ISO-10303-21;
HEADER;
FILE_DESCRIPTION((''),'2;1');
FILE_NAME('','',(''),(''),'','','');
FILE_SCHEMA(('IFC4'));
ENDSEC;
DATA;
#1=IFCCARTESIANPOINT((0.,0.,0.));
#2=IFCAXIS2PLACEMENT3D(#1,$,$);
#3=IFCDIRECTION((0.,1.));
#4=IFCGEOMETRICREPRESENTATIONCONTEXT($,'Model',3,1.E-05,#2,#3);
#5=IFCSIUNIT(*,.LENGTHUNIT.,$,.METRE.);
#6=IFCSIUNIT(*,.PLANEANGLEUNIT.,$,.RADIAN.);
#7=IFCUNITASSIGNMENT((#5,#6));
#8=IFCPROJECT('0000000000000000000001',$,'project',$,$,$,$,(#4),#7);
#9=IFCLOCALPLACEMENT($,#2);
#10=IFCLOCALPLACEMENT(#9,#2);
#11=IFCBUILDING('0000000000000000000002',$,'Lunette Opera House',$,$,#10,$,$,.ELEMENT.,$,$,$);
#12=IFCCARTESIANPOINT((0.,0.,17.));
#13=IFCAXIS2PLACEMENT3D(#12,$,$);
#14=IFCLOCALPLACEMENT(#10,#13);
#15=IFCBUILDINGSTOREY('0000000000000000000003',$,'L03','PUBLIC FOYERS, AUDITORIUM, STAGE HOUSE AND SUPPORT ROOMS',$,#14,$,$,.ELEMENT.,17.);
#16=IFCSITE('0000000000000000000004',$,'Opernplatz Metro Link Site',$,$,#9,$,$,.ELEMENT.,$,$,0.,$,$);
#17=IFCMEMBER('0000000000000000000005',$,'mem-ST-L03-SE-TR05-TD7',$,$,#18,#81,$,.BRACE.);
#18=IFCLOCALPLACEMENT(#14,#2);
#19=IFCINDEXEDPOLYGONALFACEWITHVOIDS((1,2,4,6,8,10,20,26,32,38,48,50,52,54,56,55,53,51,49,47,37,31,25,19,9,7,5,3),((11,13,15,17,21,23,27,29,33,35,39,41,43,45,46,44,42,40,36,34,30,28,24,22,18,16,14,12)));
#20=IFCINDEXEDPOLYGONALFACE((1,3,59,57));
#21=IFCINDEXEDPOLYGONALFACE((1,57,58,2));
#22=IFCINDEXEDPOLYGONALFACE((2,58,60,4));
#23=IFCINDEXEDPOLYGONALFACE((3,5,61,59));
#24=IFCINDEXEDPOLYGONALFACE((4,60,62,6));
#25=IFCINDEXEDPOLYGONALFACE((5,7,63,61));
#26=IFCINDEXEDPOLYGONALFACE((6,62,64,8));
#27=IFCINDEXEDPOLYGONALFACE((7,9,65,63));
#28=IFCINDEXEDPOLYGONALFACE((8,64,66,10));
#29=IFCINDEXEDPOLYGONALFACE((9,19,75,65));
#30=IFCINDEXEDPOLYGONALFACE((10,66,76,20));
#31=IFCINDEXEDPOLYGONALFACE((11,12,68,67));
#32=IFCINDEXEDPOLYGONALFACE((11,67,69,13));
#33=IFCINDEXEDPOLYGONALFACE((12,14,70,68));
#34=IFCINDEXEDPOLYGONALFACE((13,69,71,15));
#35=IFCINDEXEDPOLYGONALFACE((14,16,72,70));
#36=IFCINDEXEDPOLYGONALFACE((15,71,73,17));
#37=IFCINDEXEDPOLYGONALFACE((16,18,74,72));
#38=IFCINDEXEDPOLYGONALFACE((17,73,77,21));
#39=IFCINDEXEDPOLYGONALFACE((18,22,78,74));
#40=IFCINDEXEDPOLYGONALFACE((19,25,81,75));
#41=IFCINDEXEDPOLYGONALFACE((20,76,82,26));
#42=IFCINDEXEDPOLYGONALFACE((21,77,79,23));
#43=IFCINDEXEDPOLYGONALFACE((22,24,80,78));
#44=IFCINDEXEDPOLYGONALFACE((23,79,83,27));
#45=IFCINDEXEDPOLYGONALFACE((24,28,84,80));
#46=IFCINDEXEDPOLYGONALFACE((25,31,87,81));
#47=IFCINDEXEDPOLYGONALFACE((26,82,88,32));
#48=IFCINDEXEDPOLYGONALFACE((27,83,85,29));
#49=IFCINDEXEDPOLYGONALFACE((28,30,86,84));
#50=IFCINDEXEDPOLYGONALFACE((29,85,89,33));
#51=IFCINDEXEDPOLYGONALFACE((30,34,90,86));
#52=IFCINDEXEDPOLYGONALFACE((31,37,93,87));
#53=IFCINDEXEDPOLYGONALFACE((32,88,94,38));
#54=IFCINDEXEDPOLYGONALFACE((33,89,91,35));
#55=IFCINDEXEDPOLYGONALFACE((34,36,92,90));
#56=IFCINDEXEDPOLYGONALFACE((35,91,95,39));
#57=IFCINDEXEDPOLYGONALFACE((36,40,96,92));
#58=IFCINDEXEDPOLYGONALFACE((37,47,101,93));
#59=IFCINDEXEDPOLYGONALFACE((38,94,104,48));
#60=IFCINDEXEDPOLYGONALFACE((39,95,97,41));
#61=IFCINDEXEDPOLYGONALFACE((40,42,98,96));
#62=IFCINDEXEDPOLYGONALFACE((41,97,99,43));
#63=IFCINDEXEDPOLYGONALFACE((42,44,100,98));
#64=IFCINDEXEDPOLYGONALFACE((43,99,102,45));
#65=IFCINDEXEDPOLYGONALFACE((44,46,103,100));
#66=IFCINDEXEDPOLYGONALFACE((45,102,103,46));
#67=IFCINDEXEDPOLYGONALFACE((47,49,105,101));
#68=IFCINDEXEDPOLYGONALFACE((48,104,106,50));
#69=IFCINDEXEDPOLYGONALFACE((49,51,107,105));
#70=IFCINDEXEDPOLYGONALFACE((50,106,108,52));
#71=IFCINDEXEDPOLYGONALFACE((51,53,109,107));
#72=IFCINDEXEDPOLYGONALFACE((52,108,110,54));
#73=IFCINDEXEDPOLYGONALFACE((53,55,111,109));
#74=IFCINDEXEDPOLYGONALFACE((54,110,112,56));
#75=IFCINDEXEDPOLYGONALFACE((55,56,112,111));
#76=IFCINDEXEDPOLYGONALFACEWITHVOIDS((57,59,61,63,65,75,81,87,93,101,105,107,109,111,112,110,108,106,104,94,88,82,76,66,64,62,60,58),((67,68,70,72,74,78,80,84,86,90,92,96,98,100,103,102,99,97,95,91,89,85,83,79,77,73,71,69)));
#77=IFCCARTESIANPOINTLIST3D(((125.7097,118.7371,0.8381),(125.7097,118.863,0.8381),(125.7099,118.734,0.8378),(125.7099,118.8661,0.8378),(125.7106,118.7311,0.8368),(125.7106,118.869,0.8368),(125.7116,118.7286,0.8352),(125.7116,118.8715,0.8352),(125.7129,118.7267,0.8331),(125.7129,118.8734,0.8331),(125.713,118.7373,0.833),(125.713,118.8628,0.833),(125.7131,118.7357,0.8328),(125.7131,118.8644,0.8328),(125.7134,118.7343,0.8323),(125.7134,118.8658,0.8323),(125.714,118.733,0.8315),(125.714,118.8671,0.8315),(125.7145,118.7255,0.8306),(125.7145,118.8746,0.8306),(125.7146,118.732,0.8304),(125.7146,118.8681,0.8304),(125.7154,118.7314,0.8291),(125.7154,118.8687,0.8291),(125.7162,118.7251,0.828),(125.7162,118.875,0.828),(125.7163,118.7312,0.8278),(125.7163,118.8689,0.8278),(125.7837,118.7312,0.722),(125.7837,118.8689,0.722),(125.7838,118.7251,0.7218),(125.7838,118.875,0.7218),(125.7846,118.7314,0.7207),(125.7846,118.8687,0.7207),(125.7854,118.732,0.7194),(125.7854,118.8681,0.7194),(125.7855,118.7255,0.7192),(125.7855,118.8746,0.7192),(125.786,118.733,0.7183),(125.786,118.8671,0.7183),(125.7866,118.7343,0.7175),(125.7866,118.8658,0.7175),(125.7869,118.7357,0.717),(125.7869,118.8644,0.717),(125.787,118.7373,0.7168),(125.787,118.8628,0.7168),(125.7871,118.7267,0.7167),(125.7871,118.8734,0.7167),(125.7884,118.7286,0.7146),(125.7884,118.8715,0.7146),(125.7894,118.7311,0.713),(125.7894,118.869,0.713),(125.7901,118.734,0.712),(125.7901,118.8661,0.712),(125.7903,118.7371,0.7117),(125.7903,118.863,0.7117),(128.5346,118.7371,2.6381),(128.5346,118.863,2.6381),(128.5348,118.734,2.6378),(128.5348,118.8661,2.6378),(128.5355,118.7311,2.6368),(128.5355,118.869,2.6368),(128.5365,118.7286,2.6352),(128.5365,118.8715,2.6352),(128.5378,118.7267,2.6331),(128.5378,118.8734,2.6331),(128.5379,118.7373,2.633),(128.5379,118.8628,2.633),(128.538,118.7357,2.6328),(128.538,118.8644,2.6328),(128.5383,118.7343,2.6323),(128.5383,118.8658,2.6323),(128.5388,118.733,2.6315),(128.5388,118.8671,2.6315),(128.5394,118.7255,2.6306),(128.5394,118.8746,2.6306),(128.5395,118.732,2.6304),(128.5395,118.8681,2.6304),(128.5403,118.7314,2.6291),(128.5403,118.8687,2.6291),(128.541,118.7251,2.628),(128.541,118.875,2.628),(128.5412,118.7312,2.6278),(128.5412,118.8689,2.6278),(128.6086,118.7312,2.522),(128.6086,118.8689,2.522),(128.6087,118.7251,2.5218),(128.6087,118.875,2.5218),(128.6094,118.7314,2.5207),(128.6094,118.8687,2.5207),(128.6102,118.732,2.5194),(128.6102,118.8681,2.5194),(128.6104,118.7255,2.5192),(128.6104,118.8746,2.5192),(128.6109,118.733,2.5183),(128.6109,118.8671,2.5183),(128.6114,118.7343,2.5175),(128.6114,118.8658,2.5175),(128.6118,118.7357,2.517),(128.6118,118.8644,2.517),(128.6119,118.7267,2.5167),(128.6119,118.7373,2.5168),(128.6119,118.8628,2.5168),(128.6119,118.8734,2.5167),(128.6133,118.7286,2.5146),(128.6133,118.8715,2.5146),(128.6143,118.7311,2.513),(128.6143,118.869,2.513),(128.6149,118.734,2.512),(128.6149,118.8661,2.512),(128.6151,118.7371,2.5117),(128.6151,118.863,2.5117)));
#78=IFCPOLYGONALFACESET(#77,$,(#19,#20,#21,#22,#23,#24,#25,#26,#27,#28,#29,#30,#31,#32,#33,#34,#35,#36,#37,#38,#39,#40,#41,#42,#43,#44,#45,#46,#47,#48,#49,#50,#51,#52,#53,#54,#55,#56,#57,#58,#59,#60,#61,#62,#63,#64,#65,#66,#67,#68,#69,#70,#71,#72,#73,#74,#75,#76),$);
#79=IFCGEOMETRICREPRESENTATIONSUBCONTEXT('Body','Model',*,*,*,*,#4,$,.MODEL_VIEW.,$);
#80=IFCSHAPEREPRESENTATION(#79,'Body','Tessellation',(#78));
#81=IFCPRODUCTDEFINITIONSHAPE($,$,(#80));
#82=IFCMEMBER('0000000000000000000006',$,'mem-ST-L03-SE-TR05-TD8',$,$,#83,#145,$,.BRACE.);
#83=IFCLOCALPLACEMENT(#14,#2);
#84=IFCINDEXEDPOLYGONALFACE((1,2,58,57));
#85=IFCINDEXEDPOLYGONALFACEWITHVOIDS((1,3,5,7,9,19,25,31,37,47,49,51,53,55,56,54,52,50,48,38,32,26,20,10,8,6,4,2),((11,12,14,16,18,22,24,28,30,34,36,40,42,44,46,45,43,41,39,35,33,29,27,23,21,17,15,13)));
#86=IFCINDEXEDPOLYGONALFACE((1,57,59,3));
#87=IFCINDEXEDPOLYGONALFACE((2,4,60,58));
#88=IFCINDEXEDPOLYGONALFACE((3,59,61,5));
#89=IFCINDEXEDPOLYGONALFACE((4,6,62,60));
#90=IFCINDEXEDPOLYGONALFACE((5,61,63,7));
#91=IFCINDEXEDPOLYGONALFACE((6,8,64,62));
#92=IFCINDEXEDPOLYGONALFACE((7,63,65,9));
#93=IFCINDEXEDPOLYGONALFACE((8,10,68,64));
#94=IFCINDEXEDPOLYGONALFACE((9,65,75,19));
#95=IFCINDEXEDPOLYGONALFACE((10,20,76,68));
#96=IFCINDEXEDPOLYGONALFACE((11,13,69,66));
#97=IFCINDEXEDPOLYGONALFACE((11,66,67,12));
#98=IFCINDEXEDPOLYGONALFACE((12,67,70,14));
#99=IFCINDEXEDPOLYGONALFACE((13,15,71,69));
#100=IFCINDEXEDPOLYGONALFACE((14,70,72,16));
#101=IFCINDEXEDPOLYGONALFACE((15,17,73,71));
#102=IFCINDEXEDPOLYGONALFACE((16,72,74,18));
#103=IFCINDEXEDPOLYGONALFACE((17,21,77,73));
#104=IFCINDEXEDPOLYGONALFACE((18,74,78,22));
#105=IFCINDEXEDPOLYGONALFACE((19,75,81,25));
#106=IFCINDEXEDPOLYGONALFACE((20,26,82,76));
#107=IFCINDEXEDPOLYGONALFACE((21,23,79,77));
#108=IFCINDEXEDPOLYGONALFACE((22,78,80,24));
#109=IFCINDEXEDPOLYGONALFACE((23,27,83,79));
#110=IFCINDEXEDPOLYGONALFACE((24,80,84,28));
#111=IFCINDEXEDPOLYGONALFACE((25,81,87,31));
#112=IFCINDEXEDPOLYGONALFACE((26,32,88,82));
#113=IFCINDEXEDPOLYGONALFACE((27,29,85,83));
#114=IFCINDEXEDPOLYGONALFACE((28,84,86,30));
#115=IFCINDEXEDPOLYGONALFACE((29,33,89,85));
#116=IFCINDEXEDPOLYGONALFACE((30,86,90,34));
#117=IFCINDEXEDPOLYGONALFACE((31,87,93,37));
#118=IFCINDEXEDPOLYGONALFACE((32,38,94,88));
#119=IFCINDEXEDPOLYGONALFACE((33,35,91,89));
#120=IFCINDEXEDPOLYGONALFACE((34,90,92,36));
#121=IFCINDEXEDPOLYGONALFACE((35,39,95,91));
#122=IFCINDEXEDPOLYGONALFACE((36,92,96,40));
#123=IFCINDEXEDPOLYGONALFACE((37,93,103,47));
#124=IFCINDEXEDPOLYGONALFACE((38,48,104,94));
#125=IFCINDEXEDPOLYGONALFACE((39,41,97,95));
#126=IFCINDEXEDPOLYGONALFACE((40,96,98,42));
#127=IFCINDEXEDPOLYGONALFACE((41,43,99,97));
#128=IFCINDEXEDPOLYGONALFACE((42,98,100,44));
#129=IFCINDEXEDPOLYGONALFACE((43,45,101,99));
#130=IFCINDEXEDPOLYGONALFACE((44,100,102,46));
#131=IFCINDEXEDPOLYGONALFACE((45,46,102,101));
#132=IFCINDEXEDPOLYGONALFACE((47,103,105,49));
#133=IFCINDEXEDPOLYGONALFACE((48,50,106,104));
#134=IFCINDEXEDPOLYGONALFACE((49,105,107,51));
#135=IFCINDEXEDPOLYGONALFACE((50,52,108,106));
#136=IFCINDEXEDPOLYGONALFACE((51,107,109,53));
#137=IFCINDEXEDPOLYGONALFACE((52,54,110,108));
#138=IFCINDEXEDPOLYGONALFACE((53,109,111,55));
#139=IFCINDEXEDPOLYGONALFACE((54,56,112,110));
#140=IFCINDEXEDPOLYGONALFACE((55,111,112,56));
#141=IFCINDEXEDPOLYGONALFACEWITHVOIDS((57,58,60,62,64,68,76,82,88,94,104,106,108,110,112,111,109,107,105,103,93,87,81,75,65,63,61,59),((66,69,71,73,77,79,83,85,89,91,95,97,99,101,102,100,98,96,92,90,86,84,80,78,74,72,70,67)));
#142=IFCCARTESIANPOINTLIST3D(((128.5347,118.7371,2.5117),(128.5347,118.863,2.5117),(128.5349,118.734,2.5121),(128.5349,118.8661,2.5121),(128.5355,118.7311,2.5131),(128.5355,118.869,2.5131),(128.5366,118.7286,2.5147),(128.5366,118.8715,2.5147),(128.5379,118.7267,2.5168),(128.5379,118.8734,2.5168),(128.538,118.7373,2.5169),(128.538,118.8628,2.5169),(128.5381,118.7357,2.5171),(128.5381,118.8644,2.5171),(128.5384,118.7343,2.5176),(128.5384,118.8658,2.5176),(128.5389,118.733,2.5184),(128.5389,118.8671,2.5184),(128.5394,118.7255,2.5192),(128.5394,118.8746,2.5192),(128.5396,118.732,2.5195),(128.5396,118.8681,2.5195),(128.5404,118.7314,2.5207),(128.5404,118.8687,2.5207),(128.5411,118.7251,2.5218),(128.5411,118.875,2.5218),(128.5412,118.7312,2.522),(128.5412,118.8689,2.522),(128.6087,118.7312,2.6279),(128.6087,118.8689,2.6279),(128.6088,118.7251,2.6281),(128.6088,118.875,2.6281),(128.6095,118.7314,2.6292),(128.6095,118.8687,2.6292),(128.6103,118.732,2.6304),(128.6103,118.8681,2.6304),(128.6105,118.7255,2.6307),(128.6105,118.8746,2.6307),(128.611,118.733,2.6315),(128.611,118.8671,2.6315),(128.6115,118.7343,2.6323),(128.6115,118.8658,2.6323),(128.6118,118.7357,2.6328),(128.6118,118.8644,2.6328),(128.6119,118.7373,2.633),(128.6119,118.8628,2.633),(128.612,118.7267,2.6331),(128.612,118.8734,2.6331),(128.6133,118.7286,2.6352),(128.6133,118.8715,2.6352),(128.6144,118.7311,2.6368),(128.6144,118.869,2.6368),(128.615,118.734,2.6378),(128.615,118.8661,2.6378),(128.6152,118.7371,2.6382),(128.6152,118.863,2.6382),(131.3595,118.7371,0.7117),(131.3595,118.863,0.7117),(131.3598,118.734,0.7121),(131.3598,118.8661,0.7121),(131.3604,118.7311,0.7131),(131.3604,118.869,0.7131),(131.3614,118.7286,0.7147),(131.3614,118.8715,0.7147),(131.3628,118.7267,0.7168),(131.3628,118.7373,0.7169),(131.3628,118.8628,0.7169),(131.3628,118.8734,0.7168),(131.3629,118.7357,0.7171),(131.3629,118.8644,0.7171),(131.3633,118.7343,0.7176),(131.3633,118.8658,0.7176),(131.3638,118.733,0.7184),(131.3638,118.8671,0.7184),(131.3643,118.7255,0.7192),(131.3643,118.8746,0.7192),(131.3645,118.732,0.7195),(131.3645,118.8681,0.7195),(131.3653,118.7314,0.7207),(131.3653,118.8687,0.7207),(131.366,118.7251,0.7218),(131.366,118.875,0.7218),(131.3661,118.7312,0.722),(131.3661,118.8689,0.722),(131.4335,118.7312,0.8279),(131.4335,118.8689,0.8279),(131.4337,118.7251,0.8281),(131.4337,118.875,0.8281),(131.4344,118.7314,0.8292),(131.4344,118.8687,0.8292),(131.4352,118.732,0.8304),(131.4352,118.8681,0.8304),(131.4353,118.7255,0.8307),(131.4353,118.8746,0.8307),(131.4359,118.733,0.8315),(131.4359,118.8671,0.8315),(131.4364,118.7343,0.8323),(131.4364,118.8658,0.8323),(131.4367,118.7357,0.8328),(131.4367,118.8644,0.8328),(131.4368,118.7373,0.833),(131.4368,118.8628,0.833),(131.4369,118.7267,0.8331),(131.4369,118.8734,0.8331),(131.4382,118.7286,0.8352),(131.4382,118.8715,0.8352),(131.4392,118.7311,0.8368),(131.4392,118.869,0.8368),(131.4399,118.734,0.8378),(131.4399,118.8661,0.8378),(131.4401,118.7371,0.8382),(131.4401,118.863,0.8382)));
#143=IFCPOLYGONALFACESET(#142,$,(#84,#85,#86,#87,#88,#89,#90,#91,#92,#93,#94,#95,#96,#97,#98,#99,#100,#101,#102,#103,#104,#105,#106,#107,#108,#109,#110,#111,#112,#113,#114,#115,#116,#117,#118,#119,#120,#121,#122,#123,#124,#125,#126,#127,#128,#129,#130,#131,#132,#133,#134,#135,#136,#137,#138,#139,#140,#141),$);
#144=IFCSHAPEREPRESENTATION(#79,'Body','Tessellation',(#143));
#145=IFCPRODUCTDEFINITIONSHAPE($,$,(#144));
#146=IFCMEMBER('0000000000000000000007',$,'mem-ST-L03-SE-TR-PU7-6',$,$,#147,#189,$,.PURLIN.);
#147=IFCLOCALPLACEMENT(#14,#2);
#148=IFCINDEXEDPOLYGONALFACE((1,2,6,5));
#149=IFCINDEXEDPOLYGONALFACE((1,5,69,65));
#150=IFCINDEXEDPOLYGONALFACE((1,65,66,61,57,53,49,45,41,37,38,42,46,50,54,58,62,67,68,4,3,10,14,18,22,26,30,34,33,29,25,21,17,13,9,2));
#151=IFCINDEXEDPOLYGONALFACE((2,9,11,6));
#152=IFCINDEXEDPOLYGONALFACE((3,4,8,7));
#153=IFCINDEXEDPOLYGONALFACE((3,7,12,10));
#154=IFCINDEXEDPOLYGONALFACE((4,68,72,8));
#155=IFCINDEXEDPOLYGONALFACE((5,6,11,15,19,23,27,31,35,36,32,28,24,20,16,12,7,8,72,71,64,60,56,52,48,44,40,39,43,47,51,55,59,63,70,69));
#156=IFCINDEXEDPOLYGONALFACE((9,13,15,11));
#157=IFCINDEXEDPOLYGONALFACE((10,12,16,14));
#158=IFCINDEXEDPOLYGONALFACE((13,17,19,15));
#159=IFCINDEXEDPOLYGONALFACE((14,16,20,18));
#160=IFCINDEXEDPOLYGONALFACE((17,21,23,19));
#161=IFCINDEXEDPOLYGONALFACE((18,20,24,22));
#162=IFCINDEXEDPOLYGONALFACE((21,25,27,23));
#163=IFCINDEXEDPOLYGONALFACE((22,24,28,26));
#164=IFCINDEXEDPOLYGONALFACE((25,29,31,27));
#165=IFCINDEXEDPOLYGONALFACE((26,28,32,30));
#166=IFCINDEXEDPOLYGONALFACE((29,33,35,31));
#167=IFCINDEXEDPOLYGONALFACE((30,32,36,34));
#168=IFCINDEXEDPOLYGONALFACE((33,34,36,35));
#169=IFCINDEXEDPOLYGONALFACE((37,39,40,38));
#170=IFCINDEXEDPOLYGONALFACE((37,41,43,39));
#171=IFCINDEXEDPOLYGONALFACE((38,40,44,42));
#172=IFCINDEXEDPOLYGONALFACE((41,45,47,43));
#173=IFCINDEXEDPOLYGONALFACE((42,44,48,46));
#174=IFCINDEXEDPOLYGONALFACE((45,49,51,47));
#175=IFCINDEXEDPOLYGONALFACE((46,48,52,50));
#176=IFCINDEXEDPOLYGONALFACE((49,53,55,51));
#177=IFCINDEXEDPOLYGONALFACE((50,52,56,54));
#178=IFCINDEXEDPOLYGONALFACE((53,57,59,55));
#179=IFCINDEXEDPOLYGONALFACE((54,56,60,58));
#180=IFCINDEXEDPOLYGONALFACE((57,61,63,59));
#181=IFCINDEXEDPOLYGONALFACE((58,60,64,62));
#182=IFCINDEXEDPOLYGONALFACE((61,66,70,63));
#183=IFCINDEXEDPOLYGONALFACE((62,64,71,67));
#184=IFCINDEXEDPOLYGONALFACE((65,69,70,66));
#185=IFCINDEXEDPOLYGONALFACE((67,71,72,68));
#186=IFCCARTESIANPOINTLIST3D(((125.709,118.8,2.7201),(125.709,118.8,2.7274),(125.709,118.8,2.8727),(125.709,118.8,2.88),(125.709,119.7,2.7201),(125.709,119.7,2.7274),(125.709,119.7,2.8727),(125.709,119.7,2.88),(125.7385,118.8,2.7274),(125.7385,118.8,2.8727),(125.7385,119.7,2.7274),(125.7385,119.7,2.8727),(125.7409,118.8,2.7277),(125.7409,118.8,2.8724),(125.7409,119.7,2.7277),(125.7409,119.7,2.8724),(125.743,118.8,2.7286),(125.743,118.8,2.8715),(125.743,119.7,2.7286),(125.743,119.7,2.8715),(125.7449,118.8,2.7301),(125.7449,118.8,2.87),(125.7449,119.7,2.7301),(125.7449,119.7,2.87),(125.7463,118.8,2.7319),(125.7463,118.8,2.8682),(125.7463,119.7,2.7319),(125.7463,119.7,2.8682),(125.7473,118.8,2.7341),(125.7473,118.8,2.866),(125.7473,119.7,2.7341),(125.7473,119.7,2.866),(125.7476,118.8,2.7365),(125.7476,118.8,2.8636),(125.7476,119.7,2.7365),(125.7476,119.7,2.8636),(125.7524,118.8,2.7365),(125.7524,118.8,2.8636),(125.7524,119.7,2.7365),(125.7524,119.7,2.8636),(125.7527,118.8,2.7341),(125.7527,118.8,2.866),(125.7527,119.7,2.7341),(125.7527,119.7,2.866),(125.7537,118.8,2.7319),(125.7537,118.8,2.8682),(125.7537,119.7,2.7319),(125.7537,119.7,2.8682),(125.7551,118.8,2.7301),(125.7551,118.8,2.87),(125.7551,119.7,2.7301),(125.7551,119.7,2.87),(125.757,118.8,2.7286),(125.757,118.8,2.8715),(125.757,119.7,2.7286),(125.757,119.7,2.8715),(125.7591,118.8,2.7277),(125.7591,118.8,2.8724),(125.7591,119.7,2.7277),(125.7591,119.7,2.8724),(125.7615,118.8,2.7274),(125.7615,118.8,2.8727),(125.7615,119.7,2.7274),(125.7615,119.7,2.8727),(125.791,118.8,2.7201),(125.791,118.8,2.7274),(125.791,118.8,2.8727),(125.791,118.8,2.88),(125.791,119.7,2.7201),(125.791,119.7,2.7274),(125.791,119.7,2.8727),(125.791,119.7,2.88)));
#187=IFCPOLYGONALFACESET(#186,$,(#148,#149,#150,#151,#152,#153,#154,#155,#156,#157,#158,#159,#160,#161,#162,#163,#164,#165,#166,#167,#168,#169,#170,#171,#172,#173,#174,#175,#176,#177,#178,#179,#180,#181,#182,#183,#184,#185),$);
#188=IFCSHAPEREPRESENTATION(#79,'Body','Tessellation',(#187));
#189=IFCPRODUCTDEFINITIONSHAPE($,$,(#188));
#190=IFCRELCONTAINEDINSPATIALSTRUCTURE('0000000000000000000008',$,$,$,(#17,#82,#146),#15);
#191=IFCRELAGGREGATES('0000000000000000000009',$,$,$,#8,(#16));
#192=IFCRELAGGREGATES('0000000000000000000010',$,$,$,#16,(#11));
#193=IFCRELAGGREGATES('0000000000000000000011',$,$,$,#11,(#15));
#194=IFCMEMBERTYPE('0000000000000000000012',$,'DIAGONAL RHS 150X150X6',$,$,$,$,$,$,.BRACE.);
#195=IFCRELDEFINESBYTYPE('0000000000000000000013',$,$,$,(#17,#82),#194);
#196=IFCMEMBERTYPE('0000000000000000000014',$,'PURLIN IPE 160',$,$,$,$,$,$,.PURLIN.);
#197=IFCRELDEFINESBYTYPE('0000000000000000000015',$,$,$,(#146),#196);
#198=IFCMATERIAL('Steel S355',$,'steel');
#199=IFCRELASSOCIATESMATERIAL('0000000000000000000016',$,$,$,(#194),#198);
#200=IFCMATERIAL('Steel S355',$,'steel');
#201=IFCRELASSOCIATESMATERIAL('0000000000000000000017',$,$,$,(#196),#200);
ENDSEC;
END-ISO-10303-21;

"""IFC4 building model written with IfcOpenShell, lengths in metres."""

from ifc_helpers import new_model, si_unit, direction, frame, origin, origin_2d, place, context, subcontext, project, spatial, hollow_rectangle, i_section, extrude, material, material_profile, profile_set, type_object, element, save


model = new_model("IFC4")

# Units and contexts
model_context = context("Model", 3, precision=1e-05, world=origin(), true_north=direction((0.0, 1.0)))
body_context = subcontext(model_context, "Body", "Model", "MODEL_VIEW")
ifc_project = project(units=[si_unit("LENGTHUNIT", "METRE"), si_unit("PLANEANGLEUNIT", "RADIAN")], contexts=[model_context])

# Site, building, storey
site_placement = place(None, origin())
site = spatial("IfcSite", under=ifc_project, at=site_placement, Name="Opernplatz Metro Link Site", CompositionType="ELEMENT", RefElevation=0.0)
building_placement = place(site_placement, origin())
building = spatial("IfcBuilding", under=site, at=building_placement, Name="Lunette Opera House", CompositionType="ELEMENT")
storey_placement = place(building_placement, frame((0.0, 0.0, 17.0)))
storey = spatial("IfcBuildingStorey", under=building, at=storey_placement, Name="L03", Description="PUBLIC FOYERS, AUDITORIUM, STAGE HOUSE AND SUPPORT ROOMS", CompositionType="ELEMENT", Elevation=17.0)

# Members
ifc_material_1 = material(Name="Steel S355", Category="steel")
ifc_material_profile_1 = material_profile(ifc_material_1, hollow_rectangle(XDim=0.1499, YDim=0.1499, WallThickness=0.0061, InnerFilletRadius=0.0061, OuterFilletRadius=0.012, at=origin_2d()), Name="RHS 150X150X6")
ifc_profile_set_1 = profile_set([ifc_material_profile_1], Name="Steel S355")
member_type_1 = type_object("IfcMemberType", Name="DIAGONAL RHS 150X150X6", PredefinedType="BRACE", material=ifc_profile_set_1)
for number, where, z_axis, x_axis, name in (
    (1, (125.75, 118.8, 0.7749), (0.843343, 0.0, 0.537375), (0.0, 1.0, 0.0), "mem-ST-L03-SE-TR05-TD7"),
    (2, (128.575, 118.8, 2.575), (0.843343, 0.0, -0.537375), (0.0, 1.0, 0.0), "mem-ST-L03-SE-TR05-TD8"),
):
    element("IfcMember", number, at=place(storey_placement, frame(where, z_axis=z_axis, x_axis=x_axis)), inside=storey, type_object=member_type_1, Name=name, PredefinedType="BRACE", context=body_context, shape_type="SweptSolid", body=[
        extrude(hollow_rectangle(XDim=0.1499, YDim=0.1499, WallThickness=0.0061, InnerFilletRadius=0.0061, OuterFilletRadius=0.012, at=origin_2d()), origin(), (0.0, 0.0, 1.0), 3.3496),
    ])
ifc_material_2 = material(Name="Steel S355", Category="steel")
ifc_material_profile_2 = material_profile(ifc_material_2, i_section(OverallWidth=0.082, OverallDepth=0.1599, WebThickness=0.0049, FlangeThickness=0.0073, FilletRadius=0.009, at=origin_2d()), Name="IPE 160")
ifc_profile_set_2 = profile_set([ifc_material_profile_2], Name="Steel S355")
member_type_2 = type_object("IfcMemberType", Name="PURLIN IPE 160", PredefinedType="PURLIN", material=ifc_profile_set_2)
for number, where, z_axis, x_axis, name in (
    (3, (125.75, 118.8, 2.8), (0.0, 1.0, 0.0), (-1.0, 0.0, 0.0), "mem-ST-L03-SE-TR-PU7-6"),
):
    element("IfcMember", number, at=place(storey_placement, frame(where, z_axis=z_axis, x_axis=x_axis)), inside=storey, type_object=member_type_2, Name=name, PredefinedType="PURLIN", context=body_context, shape_type="SweptSolid", body=[
        extrude(i_section(OverallWidth=0.082, OverallDepth=0.1599, WebThickness=0.0049, FlangeThickness=0.0073, FilletRadius=0.009, at=origin_2d()), origin(), (0.0, 0.0, 1.0), 0.8999),
    ])

save(model, "model.ifc")
